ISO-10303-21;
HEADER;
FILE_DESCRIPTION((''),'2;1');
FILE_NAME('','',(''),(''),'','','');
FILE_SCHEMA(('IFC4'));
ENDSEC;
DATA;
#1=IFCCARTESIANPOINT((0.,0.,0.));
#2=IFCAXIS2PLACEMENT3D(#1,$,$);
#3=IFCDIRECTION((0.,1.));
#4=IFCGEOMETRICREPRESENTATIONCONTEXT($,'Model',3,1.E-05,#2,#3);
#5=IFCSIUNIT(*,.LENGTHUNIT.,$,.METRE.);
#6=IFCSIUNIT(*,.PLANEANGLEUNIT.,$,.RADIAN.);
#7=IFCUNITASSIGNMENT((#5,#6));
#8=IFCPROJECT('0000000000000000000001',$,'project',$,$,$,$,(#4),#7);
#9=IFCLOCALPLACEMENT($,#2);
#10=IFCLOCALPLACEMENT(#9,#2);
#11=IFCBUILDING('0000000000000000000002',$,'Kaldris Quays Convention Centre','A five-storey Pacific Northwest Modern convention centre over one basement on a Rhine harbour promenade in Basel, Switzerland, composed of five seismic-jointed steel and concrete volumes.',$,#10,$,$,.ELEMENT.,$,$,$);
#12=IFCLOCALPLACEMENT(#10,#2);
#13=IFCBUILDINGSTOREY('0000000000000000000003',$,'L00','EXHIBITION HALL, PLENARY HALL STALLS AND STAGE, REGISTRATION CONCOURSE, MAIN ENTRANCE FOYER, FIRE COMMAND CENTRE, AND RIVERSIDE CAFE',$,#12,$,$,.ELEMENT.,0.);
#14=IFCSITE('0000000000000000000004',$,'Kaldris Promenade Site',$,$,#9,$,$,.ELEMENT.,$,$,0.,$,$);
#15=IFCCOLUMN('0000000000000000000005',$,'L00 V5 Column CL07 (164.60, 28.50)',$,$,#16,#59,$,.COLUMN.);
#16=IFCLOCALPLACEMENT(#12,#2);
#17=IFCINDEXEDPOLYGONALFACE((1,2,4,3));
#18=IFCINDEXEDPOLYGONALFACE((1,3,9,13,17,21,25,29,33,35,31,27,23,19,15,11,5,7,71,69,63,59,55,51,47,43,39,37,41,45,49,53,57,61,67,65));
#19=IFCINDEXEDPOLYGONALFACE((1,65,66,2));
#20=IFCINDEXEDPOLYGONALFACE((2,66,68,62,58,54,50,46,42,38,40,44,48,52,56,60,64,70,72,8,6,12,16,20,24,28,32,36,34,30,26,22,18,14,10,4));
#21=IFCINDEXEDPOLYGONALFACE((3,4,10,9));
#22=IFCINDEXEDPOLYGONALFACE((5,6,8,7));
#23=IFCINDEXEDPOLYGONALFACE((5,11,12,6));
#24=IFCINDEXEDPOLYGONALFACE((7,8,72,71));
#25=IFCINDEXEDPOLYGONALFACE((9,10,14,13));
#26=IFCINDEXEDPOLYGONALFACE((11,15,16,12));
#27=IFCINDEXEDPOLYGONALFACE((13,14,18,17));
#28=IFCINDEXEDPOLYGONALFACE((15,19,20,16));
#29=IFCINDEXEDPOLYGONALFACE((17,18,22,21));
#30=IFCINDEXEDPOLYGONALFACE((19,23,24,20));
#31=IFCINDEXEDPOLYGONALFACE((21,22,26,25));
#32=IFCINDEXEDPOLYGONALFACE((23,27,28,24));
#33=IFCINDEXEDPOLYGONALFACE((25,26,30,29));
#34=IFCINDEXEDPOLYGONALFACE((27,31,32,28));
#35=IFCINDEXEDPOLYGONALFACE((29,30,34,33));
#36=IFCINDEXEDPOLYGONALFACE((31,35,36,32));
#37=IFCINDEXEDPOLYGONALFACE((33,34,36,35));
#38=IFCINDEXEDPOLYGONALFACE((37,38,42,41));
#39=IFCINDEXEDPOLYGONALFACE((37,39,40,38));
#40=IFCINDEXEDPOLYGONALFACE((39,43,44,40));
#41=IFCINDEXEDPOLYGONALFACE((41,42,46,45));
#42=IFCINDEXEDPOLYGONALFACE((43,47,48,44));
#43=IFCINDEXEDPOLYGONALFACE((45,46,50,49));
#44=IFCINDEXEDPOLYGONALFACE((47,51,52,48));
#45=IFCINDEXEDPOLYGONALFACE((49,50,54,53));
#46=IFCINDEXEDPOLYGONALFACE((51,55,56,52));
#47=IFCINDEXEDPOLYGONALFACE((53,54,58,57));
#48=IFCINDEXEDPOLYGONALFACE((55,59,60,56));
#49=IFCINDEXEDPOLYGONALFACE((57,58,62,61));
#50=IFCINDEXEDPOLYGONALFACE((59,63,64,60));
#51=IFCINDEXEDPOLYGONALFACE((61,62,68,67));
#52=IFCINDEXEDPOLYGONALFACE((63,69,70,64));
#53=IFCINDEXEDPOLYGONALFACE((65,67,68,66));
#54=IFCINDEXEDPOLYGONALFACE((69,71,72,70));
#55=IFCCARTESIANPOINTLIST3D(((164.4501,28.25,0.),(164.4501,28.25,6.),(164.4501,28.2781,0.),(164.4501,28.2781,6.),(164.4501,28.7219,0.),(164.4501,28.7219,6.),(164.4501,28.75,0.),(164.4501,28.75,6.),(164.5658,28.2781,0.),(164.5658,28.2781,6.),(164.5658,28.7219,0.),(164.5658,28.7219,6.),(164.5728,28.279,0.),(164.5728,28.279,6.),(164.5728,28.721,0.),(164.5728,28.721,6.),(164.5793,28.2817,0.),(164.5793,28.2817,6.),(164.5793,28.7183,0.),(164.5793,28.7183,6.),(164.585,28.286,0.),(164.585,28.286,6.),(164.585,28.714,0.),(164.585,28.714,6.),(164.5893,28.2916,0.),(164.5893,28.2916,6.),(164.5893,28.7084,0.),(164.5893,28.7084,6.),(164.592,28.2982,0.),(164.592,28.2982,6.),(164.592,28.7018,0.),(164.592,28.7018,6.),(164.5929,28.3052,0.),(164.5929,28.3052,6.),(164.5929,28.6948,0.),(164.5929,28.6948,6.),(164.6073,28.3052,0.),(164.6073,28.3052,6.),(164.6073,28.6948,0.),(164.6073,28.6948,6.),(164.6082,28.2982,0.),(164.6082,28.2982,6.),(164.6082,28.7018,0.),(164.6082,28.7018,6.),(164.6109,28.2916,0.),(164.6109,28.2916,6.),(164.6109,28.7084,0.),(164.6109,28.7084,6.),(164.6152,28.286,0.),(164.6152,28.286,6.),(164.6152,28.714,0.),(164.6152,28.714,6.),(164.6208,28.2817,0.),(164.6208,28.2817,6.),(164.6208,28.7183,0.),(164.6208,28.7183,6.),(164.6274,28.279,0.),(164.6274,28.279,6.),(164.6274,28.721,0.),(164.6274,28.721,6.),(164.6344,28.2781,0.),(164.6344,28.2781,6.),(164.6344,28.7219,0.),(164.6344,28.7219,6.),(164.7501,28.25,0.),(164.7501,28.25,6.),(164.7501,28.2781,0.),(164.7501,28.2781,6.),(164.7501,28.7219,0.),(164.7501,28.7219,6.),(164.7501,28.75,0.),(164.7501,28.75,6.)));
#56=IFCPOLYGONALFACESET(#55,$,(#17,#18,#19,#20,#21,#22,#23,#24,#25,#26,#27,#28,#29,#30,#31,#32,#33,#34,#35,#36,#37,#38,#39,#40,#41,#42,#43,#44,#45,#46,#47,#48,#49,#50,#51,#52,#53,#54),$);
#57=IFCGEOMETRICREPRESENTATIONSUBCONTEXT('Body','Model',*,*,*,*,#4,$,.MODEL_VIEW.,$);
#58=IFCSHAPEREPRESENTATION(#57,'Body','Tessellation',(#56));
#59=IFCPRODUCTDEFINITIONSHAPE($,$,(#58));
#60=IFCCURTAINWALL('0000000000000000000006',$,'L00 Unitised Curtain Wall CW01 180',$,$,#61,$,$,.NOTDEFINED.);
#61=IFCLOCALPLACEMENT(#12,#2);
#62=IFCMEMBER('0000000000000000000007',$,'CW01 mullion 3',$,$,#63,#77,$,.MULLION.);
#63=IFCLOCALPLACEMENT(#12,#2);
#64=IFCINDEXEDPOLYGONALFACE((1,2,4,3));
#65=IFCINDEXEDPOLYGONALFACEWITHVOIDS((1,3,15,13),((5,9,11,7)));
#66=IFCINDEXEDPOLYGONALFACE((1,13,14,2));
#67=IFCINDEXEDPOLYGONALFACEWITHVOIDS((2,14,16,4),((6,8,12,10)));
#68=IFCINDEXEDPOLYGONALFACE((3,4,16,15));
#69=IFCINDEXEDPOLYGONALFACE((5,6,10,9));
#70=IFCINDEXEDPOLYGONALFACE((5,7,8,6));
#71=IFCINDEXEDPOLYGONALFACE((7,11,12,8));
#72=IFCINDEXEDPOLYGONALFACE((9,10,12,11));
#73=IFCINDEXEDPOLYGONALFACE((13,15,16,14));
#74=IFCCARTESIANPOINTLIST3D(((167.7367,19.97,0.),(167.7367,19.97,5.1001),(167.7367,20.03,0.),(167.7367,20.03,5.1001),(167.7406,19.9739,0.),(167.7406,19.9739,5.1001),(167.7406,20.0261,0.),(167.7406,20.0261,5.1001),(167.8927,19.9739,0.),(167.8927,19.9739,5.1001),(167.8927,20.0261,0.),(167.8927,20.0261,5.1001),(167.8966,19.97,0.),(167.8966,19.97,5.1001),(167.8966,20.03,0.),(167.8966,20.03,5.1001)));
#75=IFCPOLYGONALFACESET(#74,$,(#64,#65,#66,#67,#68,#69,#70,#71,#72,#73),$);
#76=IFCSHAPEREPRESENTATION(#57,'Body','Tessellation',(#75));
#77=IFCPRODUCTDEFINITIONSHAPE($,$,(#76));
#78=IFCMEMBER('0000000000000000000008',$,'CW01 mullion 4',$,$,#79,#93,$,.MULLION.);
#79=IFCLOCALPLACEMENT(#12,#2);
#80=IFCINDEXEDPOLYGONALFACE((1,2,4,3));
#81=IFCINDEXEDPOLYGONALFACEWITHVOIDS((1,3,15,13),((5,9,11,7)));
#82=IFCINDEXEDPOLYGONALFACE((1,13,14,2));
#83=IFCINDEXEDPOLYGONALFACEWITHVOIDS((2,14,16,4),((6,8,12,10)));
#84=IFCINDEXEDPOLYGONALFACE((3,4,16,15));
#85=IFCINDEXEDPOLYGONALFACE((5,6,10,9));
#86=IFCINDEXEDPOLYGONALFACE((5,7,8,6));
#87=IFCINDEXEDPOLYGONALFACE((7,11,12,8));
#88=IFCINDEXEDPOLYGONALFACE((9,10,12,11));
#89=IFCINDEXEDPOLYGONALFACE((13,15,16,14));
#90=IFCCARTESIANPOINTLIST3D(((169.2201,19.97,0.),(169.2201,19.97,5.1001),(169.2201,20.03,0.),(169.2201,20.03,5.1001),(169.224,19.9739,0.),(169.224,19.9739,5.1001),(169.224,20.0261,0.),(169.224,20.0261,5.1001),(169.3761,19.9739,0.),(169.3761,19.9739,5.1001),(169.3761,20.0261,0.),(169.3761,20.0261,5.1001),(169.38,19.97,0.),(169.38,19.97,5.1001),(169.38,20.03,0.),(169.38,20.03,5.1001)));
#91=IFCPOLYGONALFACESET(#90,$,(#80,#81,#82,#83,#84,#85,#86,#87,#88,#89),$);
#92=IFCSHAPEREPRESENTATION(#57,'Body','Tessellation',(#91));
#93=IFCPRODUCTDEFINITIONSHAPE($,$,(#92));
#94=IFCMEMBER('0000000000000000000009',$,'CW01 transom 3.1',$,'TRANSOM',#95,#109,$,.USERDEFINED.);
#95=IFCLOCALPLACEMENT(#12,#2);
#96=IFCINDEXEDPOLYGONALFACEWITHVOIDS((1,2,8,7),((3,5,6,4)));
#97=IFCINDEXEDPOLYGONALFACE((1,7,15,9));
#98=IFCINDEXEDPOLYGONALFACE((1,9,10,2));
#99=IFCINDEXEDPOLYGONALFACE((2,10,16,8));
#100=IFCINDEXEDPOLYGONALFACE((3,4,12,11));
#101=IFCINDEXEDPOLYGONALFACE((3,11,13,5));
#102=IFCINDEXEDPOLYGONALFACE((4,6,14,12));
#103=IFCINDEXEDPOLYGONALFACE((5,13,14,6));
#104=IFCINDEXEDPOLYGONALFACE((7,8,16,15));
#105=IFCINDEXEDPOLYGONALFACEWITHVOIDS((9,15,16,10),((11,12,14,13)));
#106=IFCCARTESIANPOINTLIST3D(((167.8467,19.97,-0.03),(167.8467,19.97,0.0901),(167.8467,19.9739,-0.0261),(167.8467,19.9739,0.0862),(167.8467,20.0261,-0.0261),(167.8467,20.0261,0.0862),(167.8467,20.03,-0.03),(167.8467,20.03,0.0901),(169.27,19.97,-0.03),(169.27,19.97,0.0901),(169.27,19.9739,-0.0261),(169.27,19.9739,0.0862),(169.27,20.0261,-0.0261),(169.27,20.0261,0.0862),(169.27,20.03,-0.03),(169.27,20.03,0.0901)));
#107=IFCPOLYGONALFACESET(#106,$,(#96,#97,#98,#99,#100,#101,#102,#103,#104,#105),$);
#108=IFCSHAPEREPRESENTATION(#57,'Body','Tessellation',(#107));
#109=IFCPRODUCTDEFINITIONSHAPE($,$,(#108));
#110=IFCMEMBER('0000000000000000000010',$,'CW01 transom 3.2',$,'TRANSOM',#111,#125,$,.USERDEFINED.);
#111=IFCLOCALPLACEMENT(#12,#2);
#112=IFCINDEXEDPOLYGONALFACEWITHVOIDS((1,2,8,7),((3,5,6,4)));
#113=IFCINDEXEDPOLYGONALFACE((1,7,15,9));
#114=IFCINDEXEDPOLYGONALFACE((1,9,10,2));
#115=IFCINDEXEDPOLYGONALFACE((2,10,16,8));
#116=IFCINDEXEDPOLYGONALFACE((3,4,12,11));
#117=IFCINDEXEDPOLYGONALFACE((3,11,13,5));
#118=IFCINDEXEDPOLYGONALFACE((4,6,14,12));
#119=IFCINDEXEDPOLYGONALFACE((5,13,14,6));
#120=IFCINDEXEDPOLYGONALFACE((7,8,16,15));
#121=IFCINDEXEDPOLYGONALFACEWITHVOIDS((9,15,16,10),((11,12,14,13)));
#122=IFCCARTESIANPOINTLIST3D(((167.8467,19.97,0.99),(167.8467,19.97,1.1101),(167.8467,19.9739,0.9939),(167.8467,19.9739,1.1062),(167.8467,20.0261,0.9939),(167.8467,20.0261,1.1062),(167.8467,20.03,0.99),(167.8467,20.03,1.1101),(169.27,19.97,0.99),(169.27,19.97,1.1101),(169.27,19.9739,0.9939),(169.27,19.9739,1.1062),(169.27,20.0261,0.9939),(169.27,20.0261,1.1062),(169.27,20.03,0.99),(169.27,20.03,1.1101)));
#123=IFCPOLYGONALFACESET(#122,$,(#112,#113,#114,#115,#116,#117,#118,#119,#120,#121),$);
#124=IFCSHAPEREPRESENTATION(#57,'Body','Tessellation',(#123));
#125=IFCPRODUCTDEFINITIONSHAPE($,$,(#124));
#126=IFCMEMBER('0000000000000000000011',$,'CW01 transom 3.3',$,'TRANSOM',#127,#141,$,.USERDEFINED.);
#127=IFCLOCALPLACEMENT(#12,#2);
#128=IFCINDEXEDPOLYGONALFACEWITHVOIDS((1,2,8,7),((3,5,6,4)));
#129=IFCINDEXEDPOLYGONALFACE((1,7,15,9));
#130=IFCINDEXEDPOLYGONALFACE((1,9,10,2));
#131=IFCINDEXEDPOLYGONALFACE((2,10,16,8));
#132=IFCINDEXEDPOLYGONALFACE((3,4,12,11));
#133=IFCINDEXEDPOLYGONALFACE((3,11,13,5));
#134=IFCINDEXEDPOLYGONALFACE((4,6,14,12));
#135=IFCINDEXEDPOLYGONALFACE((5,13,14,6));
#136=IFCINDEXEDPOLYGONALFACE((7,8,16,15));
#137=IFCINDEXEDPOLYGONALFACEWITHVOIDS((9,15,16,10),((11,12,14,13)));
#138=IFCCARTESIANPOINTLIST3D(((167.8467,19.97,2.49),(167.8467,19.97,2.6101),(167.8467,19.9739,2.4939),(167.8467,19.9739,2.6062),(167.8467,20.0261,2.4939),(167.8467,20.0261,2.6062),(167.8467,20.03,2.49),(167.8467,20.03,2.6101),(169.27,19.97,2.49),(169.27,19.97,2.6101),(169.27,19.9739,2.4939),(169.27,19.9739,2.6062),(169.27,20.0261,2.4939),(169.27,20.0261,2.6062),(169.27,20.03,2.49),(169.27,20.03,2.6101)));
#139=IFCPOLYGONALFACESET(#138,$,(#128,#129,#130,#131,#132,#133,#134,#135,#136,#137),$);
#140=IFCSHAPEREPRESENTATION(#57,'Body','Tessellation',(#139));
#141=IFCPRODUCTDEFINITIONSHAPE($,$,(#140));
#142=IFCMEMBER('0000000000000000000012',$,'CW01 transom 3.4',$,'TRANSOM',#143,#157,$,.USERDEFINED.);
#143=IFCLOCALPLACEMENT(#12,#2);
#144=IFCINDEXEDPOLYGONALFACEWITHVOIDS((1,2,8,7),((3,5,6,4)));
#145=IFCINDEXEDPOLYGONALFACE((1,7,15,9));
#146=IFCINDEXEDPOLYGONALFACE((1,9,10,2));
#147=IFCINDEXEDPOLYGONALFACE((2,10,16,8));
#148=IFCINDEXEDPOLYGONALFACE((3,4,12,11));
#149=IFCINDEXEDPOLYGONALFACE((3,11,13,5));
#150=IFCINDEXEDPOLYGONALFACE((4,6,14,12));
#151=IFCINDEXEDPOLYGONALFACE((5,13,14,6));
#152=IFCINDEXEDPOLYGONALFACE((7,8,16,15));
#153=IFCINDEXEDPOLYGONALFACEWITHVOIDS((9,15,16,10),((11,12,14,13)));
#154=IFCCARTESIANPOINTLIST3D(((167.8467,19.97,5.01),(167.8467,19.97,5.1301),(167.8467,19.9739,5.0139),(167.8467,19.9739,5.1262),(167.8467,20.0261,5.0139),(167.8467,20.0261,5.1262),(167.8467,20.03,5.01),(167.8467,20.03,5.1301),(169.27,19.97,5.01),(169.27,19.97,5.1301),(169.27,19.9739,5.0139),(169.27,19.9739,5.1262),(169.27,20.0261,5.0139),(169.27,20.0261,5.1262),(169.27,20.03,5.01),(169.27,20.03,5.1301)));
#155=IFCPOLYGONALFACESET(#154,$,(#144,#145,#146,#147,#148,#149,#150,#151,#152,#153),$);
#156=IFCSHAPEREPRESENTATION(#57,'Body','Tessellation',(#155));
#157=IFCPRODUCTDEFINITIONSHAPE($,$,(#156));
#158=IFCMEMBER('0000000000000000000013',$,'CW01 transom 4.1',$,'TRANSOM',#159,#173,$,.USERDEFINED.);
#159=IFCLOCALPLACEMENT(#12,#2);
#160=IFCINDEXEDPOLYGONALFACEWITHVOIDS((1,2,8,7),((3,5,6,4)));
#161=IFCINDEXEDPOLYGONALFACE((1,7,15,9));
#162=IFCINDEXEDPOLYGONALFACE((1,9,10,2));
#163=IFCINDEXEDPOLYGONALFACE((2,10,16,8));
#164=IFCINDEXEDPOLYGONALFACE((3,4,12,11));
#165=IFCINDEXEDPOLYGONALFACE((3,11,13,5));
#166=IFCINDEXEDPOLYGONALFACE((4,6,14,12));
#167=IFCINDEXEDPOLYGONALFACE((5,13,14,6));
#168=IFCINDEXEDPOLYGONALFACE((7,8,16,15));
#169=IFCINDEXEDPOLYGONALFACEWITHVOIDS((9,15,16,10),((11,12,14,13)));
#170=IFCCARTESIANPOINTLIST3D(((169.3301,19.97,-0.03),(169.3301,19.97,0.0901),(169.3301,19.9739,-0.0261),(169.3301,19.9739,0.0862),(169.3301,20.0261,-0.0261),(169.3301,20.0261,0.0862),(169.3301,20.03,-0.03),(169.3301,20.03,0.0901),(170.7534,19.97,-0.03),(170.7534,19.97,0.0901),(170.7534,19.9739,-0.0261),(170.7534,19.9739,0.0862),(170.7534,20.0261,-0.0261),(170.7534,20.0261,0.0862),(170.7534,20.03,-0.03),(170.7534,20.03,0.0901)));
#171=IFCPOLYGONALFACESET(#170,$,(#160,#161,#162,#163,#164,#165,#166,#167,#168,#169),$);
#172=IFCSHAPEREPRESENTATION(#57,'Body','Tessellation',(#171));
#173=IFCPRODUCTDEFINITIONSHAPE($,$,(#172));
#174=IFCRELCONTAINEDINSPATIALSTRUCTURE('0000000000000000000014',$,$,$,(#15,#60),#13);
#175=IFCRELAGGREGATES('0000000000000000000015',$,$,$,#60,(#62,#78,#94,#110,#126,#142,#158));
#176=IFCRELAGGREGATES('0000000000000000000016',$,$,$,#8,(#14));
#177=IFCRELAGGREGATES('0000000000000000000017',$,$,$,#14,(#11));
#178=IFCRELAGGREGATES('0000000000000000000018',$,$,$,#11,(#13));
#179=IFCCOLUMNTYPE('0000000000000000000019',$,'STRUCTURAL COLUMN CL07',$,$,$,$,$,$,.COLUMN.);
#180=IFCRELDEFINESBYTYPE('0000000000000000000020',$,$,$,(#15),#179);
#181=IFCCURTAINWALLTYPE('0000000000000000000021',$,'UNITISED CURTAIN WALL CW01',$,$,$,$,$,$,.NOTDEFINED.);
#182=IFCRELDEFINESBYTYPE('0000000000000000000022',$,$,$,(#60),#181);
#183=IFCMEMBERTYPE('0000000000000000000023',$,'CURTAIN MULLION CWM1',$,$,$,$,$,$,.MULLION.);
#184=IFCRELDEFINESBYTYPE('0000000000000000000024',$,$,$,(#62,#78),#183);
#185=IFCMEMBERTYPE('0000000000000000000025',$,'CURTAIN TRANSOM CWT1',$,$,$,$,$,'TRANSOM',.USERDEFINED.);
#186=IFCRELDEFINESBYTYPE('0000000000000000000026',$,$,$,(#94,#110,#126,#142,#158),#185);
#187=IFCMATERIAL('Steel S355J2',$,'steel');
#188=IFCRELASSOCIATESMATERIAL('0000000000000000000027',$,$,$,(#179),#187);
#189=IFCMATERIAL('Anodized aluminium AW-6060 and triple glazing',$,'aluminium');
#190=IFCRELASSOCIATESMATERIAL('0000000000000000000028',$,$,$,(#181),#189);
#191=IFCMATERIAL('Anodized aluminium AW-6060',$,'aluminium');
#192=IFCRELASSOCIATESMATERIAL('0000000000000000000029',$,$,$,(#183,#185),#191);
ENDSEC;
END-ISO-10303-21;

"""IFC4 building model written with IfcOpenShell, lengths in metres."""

from ifc_helpers import new_model, si_unit, direction, frame, origin, origin_2d, place, context, subcontext, project, spatial, hollow_rectangle, i_section, extrude, material, material_profile, profile_set, type_object, element, aggregate, save


model = new_model("IFC4")

# Units and contexts
model_context = context("Model", 3, precision=1e-05, world=origin(), true_north=direction((0.0, 1.0)))
body_context = subcontext(model_context, "Body", "Model", "MODEL_VIEW")
ifc_project = project(units=[si_unit("LENGTHUNIT", "METRE"), si_unit("PLANEANGLEUNIT", "RADIAN")], contexts=[model_context])

# Site, building, storey
site_placement = place(None, origin())
site = spatial("IfcSite", under=ifc_project, at=site_placement, Name="Kaldris Promenade Site", CompositionType="ELEMENT", RefElevation=0.0)
building_placement = place(site_placement, origin())
building = spatial("IfcBuilding", under=site, at=building_placement, Name="Kaldris Quays Convention Centre", Description="A five-storey Pacific Northwest Modern convention centre over one basement on a Rhine harbour promenade in Basel, Switzerland, composed of five seismic-jointed steel and concrete volumes.", CompositionType="ELEMENT")
storey_placement = place(building_placement, origin())
storey = spatial("IfcBuildingStorey", under=building, at=storey_placement, Name="L00", Description="EXHIBITION HALL, PLENARY HALL STALLS AND STAGE, REGISTRATION CONCOURSE, MAIN ENTRANCE FOYER, FIRE COMMAND CENTRE, AND RIVERSIDE CAFE", CompositionType="ELEMENT", Elevation=0.0)

# Column
ifc_material_1 = material(Name="Steel S355J2", Category="steel")
ifc_material_profile_1 = material_profile(ifc_material_1, i_section(OverallWidth=0.3, OverallDepth=0.5, WebThickness=0.0144, FlangeThickness=0.0281, FilletRadius=0.0271, at=origin_2d()), Name="HEB 500")
ifc_profile_set_1 = profile_set([ifc_material_profile_1], Name="Steel S355J2")
column_type = type_object("IfcColumnType", Name="STRUCTURAL COLUMN CL07", PredefinedType="COLUMN", material=ifc_profile_set_1)
column_placement = place(storey_placement, frame((164.6001, 28.5, 0.0), z_axis=(0.0, 0.0, 1.0), x_axis=(1.0, 0.0, 0.0)))
element("IfcColumn", 1, at=column_placement, inside=storey, type_object=column_type, Name="L00 V5 Column CL07 (164.60, 28.50)", PredefinedType="COLUMN", context=body_context, shape_type="SweptSolid", body=[
    extrude(i_section(OverallWidth=0.3, OverallDepth=0.5, WebThickness=0.0144, FlangeThickness=0.0281, FilletRadius=0.0271, at=origin_2d()), origin(), (0.0, 0.0, 1.0), 6.0),
])

# Curtain wall, members
ifc_material_2 = material(Name="Anodized aluminium AW-6060 and triple glazing", Category="aluminium")
curtain_wall_type = type_object("IfcCurtainWallType", Name="UNITISED CURTAIN WALL CW01", PredefinedType="NOTDEFINED", material=ifc_material_2)
curtain_wall_placement = place(storey_placement, origin())
curtain_wall = element("IfcCurtainWall", 2, at=curtain_wall_placement, inside=storey, type_object=curtain_wall_type, Name="L00 Unitised Curtain Wall CW01 180", PredefinedType="NOTDEFINED")
ifc_material_3 = material(Name="Anodized aluminium AW-6060", Category="aluminium")
ifc_material_profile_2 = material_profile(ifc_material_3, hollow_rectangle(XDim=0.0601, YDim=0.1599, WallThickness=0.0039, at=origin_2d()), Name="RHS 160x60x4")
ifc_profile_set_2 = profile_set([ifc_material_profile_2], Name="Anodized aluminium AW-6060")
member_type_1 = type_object("IfcMemberType", Name="CURTAIN MULLION CWM1", PredefinedType="MULLION", material=ifc_profile_set_2)
member_1_placement = place(storey_placement, frame((167.8167, 20.0, 0.0), z_axis=(0.0, 0.0, 1.0), x_axis=(0.0, 1.0, 0.0)))
member_1 = element("IfcMember", 3, at=member_1_placement, type_object=member_type_1, Name="CW01 mullion 3", PredefinedType="MULLION", context=body_context, shape_type="SweptSolid", body=[
    extrude(hollow_rectangle(XDim=0.0601, YDim=0.1599, WallThickness=0.0039, at=origin_2d()), origin(), (0.0, 0.0, 1.0), 5.1001),
])
member_2_placement = place(storey_placement, frame((169.3, 20.0, 0.0), z_axis=(0.0, 0.0, 1.0), x_axis=(0.0, 1.0, 0.0)))
member_2 = element("IfcMember", 4, at=member_2_placement, type_object=member_type_1, Name="CW01 mullion 4", PredefinedType="MULLION", context=body_context, shape_type="SweptSolid", body=[
    extrude(hollow_rectangle(XDim=0.0601, YDim=0.1599, WallThickness=0.0039, at=origin_2d()), origin(), (0.0, 0.0, 1.0), 5.1001),
])
ifc_material_profile_3 = material_profile(ifc_material_3, hollow_rectangle(XDim=0.0601, YDim=0.1201, WallThickness=0.0039, at=origin_2d()), Name="RHS 120x60x4")
ifc_profile_set_3 = profile_set([ifc_material_profile_3], Name="Anodized aluminium AW-6060")
member_type_2 = type_object("IfcMemberType", Name="CURTAIN TRANSOM CWT1", ElementType="TRANSOM", PredefinedType="USERDEFINED", material=ifc_profile_set_3)
member_3_placement = place(storey_placement, frame((167.8467, 20.0, 0.03), z_axis=(1.0, 0.0, 0.0), x_axis=(0.0, 1.0, 0.0)))
member_3 = element("IfcMember", 5, at=member_3_placement, type_object=member_type_2, Name="CW01 transom 3.1", ObjectType="TRANSOM", PredefinedType="USERDEFINED", context=body_context, shape_type="SweptSolid", body=[
    extrude(hollow_rectangle(XDim=0.0601, YDim=0.1201, WallThickness=0.0039, at=origin_2d()), origin(), (0.0, 0.0, 1.0), 1.4233),
])
member_4_placement = place(storey_placement, frame((167.8467, 20.0, 1.05), z_axis=(1.0, 0.0, 0.0), x_axis=(0.0, 1.0, 0.0)))
member_4 = element("IfcMember", 6, at=member_4_placement, type_object=member_type_2, Name="CW01 transom 3.2", ObjectType="TRANSOM", PredefinedType="USERDEFINED", context=body_context, shape_type="SweptSolid", body=[
    extrude(hollow_rectangle(XDim=0.0601, YDim=0.1201, WallThickness=0.0039, at=origin_2d()), origin(), (0.0, 0.0, 1.0), 1.4233),
])
member_5_placement = place(storey_placement, frame((167.8467, 20.0, 2.55), z_axis=(1.0, 0.0, 0.0), x_axis=(0.0, 1.0, 0.0)))
member_5 = element("IfcMember", 7, at=member_5_placement, type_object=member_type_2, Name="CW01 transom 3.3", ObjectType="TRANSOM", PredefinedType="USERDEFINED", context=body_context, shape_type="SweptSolid", body=[
    extrude(hollow_rectangle(XDim=0.0601, YDim=0.1201, WallThickness=0.0039, at=origin_2d()), origin(), (0.0, 0.0, 1.0), 1.4233),
])
member_6_placement = place(storey_placement, frame((167.8467, 20.0, 5.0701), z_axis=(1.0, 0.0, 0.0), x_axis=(0.0, 1.0, 0.0)))
member_6 = element("IfcMember", 8, at=member_6_placement, type_object=member_type_2, Name="CW01 transom 3.4", ObjectType="TRANSOM", PredefinedType="USERDEFINED", context=body_context, shape_type="SweptSolid", body=[
    extrude(hollow_rectangle(XDim=0.0601, YDim=0.1201, WallThickness=0.0039, at=origin_2d()), origin(), (0.0, 0.0, 1.0), 1.4233),
])
member_7_placement = place(storey_placement, frame((169.3301, 20.0, 0.03), z_axis=(1.0, 0.0, 0.0), x_axis=(0.0, 1.0, 0.0)))
member_7 = element("IfcMember", 9, at=member_7_placement, type_object=member_type_2, Name="CW01 transom 4.1", ObjectType="TRANSOM", PredefinedType="USERDEFINED", context=body_context, shape_type="SweptSolid", body=[
    extrude(hollow_rectangle(XDim=0.0601, YDim=0.1201, WallThickness=0.0039, at=origin_2d()), origin(), (0.0, 0.0, 1.0), 1.4233),
])

aggregate(curtain_wall, [member_1, member_2, member_3, member_4, member_5, member_6, member_7])

save(model, "model.ifc")
